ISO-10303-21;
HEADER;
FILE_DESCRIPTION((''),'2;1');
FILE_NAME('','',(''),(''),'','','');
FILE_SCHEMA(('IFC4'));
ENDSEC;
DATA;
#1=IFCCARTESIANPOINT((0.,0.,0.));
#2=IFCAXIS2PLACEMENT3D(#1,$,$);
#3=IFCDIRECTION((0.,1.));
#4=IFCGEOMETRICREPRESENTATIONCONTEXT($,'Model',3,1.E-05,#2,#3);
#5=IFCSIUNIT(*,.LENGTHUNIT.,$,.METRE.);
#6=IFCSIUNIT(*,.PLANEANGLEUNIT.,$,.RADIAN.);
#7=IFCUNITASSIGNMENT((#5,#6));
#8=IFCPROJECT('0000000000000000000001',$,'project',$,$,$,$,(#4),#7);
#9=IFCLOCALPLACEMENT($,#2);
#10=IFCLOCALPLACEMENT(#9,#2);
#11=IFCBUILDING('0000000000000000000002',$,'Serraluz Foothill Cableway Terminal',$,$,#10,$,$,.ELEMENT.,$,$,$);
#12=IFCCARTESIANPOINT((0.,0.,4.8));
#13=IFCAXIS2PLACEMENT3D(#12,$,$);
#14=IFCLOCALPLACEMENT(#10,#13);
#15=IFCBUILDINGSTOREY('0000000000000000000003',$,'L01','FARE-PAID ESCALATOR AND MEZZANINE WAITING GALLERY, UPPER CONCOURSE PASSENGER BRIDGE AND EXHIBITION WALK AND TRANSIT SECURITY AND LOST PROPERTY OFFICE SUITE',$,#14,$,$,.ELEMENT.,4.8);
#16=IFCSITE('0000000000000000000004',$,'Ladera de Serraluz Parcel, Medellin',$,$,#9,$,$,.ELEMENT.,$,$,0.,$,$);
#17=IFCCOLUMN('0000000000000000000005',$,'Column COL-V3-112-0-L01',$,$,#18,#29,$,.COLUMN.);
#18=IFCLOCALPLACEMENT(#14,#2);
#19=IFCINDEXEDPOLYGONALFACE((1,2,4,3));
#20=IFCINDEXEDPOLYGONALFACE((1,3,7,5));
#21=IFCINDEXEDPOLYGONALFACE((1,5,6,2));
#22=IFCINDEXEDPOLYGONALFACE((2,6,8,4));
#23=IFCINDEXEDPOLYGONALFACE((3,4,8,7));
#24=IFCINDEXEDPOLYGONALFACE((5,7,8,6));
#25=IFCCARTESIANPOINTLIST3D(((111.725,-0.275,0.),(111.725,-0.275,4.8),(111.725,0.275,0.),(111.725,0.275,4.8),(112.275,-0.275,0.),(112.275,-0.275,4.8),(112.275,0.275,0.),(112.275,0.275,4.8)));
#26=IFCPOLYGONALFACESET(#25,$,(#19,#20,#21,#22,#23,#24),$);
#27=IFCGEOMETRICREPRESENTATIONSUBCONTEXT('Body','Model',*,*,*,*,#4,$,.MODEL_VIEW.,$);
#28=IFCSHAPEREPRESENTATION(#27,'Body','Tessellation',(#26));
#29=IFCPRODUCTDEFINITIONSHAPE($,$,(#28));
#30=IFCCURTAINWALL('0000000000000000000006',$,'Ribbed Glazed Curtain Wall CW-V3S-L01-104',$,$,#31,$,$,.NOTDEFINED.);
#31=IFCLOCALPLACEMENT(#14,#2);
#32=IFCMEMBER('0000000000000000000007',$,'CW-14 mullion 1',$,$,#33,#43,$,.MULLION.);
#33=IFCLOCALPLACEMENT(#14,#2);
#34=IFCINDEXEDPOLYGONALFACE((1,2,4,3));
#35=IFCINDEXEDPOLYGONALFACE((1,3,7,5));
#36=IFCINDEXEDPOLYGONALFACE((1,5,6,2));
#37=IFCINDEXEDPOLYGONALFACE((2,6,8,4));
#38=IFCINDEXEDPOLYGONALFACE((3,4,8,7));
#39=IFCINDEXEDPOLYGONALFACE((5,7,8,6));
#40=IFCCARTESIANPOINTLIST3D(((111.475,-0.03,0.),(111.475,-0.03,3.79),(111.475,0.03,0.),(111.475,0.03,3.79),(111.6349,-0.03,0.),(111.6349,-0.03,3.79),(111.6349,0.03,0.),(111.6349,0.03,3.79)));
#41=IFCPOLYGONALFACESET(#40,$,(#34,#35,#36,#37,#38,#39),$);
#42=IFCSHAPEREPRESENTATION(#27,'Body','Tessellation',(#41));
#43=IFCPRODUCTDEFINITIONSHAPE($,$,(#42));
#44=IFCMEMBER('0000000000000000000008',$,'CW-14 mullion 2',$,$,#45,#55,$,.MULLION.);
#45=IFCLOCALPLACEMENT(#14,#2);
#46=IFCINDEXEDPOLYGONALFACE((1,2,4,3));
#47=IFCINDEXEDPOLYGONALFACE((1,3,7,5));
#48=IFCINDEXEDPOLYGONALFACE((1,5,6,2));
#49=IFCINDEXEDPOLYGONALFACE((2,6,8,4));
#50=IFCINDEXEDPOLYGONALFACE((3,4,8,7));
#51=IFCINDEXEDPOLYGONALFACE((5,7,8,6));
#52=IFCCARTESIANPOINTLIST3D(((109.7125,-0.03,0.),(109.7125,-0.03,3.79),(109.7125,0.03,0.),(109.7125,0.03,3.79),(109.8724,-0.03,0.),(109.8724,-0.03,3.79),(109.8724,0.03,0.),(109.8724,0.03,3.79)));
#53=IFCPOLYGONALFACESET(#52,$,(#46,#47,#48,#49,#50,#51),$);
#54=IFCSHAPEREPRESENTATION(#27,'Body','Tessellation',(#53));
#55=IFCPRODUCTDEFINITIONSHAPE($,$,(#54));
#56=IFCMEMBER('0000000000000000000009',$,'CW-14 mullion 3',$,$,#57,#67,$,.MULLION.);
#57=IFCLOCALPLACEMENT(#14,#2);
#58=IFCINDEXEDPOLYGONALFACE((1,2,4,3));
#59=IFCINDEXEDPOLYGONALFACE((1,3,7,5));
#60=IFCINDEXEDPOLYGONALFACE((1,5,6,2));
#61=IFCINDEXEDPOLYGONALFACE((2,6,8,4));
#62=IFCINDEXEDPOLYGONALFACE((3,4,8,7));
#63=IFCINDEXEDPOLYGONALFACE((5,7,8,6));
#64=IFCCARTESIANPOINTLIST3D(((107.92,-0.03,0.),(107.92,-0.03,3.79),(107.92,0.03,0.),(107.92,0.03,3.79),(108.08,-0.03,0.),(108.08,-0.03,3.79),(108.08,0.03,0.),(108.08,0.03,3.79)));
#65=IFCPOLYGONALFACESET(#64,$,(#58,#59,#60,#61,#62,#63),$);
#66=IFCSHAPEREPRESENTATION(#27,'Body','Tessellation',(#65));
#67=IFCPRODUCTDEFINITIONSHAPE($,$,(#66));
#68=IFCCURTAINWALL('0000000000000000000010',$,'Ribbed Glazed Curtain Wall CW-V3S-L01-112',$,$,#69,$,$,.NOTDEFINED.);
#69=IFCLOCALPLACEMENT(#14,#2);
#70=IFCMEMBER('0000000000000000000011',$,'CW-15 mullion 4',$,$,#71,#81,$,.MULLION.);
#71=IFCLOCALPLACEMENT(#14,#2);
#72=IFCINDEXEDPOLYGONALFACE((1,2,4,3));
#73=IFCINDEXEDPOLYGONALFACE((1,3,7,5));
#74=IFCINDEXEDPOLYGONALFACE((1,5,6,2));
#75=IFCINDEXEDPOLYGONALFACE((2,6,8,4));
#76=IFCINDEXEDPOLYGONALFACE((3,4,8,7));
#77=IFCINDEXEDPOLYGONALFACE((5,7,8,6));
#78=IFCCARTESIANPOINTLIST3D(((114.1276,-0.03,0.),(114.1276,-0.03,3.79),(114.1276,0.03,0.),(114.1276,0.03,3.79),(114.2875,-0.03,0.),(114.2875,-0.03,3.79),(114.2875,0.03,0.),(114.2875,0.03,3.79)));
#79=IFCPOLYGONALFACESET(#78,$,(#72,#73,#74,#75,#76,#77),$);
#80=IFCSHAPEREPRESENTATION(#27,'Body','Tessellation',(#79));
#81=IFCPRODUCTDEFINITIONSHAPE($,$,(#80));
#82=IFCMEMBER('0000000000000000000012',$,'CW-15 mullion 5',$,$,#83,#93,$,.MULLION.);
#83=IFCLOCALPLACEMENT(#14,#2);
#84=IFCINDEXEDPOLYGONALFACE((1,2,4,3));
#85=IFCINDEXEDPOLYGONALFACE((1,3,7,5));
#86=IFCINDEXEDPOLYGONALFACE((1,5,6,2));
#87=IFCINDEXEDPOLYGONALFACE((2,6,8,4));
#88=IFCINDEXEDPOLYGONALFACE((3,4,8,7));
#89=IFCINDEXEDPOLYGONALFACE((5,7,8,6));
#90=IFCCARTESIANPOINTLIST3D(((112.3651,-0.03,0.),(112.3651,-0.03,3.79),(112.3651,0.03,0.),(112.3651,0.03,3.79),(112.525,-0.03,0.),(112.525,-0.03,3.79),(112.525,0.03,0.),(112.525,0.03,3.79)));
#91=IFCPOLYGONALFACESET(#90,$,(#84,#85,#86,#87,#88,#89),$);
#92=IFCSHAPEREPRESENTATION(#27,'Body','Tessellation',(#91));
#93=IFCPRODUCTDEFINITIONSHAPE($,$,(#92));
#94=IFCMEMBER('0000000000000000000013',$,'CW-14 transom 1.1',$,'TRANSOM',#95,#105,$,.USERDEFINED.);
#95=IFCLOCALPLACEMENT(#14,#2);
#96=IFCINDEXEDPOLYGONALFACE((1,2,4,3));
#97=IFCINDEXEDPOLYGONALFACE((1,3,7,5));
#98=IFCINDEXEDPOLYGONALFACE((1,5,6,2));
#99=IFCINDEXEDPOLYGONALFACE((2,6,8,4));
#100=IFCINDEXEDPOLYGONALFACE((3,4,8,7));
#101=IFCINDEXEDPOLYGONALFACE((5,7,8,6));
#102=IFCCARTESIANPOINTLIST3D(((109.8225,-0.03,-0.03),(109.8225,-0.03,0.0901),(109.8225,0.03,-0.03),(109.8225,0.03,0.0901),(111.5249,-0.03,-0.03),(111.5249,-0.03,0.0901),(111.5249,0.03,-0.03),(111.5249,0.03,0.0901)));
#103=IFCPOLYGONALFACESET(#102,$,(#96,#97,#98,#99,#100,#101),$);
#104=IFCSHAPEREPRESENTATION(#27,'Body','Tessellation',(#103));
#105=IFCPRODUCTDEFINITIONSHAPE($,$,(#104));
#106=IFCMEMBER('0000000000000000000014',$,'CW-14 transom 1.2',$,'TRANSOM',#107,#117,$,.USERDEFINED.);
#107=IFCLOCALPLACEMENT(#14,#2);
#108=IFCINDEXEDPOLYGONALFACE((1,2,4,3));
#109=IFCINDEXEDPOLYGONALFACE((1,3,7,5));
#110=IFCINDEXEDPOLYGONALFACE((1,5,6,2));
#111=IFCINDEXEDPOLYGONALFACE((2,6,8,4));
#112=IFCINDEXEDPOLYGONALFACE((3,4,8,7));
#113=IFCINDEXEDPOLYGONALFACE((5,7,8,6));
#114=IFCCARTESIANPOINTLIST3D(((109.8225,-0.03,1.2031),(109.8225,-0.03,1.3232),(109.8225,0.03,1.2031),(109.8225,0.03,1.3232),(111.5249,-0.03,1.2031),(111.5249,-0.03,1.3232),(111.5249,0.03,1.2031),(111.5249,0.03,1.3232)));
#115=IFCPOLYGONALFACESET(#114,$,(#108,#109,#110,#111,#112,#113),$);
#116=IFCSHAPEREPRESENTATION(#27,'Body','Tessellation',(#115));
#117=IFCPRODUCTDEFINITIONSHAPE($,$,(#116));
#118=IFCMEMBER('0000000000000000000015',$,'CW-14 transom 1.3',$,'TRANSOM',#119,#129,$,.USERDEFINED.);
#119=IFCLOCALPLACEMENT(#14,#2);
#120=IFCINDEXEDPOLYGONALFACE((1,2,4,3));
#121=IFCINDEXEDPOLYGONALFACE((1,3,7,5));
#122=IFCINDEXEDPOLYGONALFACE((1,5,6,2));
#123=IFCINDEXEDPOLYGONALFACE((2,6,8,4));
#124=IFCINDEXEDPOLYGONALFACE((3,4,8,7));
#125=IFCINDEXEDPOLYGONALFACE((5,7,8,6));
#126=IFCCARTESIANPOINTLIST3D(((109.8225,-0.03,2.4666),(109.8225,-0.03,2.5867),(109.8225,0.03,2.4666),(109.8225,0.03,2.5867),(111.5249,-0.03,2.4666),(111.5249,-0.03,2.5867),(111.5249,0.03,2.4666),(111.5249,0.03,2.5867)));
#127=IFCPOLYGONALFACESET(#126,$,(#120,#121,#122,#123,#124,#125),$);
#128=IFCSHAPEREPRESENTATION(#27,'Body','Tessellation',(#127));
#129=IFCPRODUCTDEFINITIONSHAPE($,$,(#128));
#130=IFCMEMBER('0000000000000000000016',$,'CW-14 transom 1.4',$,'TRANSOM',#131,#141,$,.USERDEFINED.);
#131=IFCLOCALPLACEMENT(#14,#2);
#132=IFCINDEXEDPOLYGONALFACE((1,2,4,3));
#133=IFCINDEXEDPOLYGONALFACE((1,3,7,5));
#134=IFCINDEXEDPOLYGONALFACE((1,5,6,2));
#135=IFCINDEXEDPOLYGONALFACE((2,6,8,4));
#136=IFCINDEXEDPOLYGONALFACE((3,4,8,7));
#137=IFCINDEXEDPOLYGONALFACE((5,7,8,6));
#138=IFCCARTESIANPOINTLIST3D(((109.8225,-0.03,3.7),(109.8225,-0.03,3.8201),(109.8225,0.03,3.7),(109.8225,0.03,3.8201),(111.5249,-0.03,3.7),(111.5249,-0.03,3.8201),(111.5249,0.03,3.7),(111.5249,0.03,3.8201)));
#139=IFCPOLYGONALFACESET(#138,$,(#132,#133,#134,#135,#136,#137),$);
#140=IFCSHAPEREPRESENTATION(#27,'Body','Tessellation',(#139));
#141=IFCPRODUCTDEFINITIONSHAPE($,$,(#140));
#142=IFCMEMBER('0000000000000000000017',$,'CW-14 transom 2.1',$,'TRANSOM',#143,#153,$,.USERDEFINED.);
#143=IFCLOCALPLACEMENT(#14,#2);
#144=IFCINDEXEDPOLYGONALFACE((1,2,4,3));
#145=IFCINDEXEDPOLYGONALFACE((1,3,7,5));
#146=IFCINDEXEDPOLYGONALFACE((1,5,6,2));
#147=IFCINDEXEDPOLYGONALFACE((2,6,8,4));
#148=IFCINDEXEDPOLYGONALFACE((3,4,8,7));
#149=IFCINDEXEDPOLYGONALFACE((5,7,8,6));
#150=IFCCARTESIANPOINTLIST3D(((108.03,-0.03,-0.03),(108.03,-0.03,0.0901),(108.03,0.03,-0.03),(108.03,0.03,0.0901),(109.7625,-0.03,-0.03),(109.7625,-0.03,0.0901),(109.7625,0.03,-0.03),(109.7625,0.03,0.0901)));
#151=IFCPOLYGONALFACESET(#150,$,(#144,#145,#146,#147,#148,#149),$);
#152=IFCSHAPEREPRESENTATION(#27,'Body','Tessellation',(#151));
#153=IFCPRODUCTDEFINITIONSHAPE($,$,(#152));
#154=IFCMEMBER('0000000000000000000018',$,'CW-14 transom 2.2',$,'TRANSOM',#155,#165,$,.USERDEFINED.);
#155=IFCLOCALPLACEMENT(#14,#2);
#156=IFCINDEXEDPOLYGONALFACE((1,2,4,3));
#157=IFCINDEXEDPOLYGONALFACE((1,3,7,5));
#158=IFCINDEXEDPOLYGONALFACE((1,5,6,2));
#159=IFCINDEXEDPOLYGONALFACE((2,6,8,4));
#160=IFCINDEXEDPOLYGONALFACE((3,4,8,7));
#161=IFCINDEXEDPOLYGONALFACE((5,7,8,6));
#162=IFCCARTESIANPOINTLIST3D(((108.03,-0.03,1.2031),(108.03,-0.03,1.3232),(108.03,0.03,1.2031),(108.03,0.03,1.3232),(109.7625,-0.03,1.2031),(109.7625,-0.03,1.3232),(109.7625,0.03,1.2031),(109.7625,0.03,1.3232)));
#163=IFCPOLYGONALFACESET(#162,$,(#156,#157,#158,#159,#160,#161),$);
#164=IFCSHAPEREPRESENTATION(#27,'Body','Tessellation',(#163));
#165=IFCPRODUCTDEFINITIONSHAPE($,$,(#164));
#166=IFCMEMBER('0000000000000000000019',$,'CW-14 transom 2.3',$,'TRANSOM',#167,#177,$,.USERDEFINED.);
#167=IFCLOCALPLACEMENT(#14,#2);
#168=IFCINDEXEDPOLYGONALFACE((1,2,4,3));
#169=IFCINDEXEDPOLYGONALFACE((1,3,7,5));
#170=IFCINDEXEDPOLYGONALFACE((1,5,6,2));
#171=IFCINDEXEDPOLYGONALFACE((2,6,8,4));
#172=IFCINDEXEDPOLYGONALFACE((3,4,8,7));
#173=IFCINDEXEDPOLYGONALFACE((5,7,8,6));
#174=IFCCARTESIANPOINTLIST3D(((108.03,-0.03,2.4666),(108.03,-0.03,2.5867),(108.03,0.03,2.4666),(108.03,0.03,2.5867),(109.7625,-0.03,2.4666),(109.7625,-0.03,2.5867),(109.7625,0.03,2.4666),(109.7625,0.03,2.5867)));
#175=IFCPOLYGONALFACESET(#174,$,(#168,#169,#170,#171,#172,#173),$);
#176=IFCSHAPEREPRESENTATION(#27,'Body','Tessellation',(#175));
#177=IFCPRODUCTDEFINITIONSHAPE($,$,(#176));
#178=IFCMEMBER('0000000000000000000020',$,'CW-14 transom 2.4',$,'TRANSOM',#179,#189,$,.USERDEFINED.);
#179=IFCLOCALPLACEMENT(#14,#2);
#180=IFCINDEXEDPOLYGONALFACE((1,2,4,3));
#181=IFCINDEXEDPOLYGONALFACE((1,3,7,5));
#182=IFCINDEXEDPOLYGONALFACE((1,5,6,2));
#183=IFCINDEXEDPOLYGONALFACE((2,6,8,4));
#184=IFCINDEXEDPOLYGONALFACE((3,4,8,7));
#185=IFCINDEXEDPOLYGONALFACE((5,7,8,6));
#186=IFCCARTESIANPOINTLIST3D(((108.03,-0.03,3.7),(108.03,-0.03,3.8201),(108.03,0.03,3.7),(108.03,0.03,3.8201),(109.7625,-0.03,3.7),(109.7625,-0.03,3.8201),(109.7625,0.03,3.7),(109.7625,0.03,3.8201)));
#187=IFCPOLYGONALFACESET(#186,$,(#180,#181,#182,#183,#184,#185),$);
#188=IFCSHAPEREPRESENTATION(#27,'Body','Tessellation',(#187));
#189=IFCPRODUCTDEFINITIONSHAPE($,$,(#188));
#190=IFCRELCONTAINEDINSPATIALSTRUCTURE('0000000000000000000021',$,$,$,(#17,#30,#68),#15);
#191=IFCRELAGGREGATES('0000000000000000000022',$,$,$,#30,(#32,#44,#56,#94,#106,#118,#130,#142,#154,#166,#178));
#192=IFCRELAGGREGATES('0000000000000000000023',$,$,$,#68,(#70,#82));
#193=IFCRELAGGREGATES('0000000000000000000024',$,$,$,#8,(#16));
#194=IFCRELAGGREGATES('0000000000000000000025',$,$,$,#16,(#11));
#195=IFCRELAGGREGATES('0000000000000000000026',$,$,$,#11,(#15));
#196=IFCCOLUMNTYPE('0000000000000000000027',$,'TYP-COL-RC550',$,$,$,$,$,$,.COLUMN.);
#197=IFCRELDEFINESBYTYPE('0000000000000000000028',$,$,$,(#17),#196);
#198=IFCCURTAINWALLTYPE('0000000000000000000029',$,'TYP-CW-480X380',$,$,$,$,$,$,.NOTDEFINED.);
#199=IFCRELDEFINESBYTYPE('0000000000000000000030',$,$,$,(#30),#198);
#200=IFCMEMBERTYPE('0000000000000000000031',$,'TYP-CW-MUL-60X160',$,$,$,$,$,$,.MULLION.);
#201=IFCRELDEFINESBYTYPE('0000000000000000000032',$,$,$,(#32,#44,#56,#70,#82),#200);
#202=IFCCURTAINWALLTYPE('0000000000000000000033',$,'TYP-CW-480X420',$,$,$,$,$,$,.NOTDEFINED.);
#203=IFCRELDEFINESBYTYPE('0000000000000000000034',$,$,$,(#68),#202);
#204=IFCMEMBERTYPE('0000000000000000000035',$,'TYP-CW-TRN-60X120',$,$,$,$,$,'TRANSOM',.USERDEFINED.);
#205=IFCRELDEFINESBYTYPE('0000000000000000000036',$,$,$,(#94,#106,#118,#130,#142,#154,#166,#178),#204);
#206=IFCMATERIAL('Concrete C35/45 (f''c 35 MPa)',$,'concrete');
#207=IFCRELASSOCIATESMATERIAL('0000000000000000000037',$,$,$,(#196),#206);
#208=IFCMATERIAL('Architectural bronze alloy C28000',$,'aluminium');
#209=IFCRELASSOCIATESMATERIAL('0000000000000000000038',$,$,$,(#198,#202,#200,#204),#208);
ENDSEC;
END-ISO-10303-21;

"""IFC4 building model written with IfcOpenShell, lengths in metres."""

from ifc_helpers import new_model, si_unit, direction, frame, origin, origin_2d, place, context, subcontext, project, spatial, rectangle, extrude, material, material_profile, profile_set, type_object, element, aggregate, save


model = new_model("IFC4")

# Units and contexts
model_context = context("Model", 3, precision=1e-05, world=origin(), true_north=direction((0.0, 1.0)))
body_context = subcontext(model_context, "Body", "Model", "MODEL_VIEW")
ifc_project = project(units=[si_unit("LENGTHUNIT", "METRE"), si_unit("PLANEANGLEUNIT", "RADIAN")], contexts=[model_context])

# Site, building, storey
site_placement = place(None, origin())
site = spatial("IfcSite", under=ifc_project, at=site_placement, Name="Ladera de Serraluz Parcel, Medellin", CompositionType="ELEMENT", RefElevation=0.0)
building_placement = place(site_placement, origin())
building = spatial("IfcBuilding", under=site, at=building_placement, Name="Serraluz Foothill Cableway Terminal", CompositionType="ELEMENT")
storey_placement = place(building_placement, frame((0.0, 0.0, 4.8)))
storey = spatial("IfcBuildingStorey", under=building, at=storey_placement, Name="L01", Description="FARE-PAID ESCALATOR AND MEZZANINE WAITING GALLERY, UPPER CONCOURSE PASSENGER BRIDGE AND EXHIBITION WALK AND TRANSIT SECURITY AND LOST PROPERTY OFFICE SUITE", CompositionType="ELEMENT", Elevation=4.8)

# Column
ifc_material_1 = material(Name="Concrete C35/45 (f'c 35 MPa)", Category="concrete")
ifc_material_profile_1 = material_profile(ifc_material_1, rectangle(XDim=0.55, YDim=0.55, at=origin_2d()), Name="RC 550x550")
ifc_profile_set_1 = profile_set([ifc_material_profile_1], Name="Concrete C35/45 (f'c 35 MPa)")
column_type = type_object("IfcColumnType", Name="TYP-COL-RC550", PredefinedType="COLUMN", material=ifc_profile_set_1)
column_placement = place(storey_placement, frame((112.0, 0.0, 0.0), z_axis=(0.0, 0.0, 1.0), x_axis=(1.0, 0.0, 0.0)))
element("IfcColumn", 1, at=column_placement, inside=storey, type_object=column_type, Name="Column COL-V3-112-0-L01", PredefinedType="COLUMN", context=body_context, shape_type="SweptSolid", body=[
    extrude(rectangle(XDim=0.55, YDim=0.55, at=origin_2d()), origin(), (0.0, 0.0, 1.0), 4.8),
])

# Curtain walls, members
ifc_material_2 = material(Name="Architectural bronze alloy C28000", Category="aluminium")
curtain_wall_type_1 = type_object("IfcCurtainWallType", Name="TYP-CW-480X380", PredefinedType="NOTDEFINED", material=ifc_material_2)
curtain_wall_1_placement = place(storey_placement, origin())
curtain_wall_1 = element("IfcCurtainWall", 2, at=curtain_wall_1_placement, inside=storey, type_object=curtain_wall_type_1, Name="Ribbed Glazed Curtain Wall CW-V3S-L01-104", PredefinedType="NOTDEFINED")
ifc_material_profile_2 = material_profile(ifc_material_2, rectangle(XDim=0.0601, YDim=0.1599, at=origin_2d()), Name="ALU MULLION 60x160")
ifc_profile_set_2 = profile_set([ifc_material_profile_2], Name="Architectural bronze alloy C28000")
member_type_1 = type_object("IfcMemberType", Name="TYP-CW-MUL-60X160", PredefinedType="MULLION", material=ifc_profile_set_2)
member_1_placement = place(storey_placement, frame((111.5549, 0.0, 0.0), z_axis=(0.0, 0.0, 1.0), x_axis=(0.0, -1.0, 0.0)))
member_1 = element("IfcMember", 3, at=member_1_placement, type_object=member_type_1, Name="CW-14 mullion 1", PredefinedType="MULLION", context=body_context, shape_type="SweptSolid", body=[
    extrude(rectangle(XDim=0.0601, YDim=0.1599, at=origin_2d()), origin(), (0.0, 0.0, 1.0), 3.79),
])
member_2_placement = place(storey_placement, frame((109.7925, 0.0, 0.0), z_axis=(0.0, 0.0, 1.0), x_axis=(0.0, -1.0, 0.0)))
member_2 = element("IfcMember", 4, at=member_2_placement, type_object=member_type_1, Name="CW-14 mullion 2", PredefinedType="MULLION", context=body_context, shape_type="SweptSolid", body=[
    extrude(rectangle(XDim=0.0601, YDim=0.1599, at=origin_2d()), origin(), (0.0, 0.0, 1.0), 3.79),
])
member_3_placement = place(storey_placement, frame((108.0, 0.0, 0.0), z_axis=(0.0, 0.0, 1.0), x_axis=(0.0, -1.0, 0.0)))
member_3 = element("IfcMember", 5, at=member_3_placement, type_object=member_type_1, Name="CW-14 mullion 3", PredefinedType="MULLION", context=body_context, shape_type="SweptSolid", body=[
    extrude(rectangle(XDim=0.0601, YDim=0.1599, at=origin_2d()), origin(), (0.0, 0.0, 1.0), 3.79),
])
curtain_wall_type_2 = type_object("IfcCurtainWallType", Name="TYP-CW-480X420", PredefinedType="NOTDEFINED", material=ifc_material_2)
curtain_wall_2_placement = place(storey_placement, origin())
curtain_wall_2 = element("IfcCurtainWall", 6, at=curtain_wall_2_placement, inside=storey, type_object=curtain_wall_type_2, Name="Ribbed Glazed Curtain Wall CW-V3S-L01-112", PredefinedType="NOTDEFINED")
member_4_placement = place(storey_placement, frame((114.2075, 0.0, 0.0), z_axis=(0.0, 0.0, 1.0), x_axis=(0.0, -1.0, 0.0)))
member_4 = element("IfcMember", 7, at=member_4_placement, type_object=member_type_1, Name="CW-15 mullion 4", PredefinedType="MULLION", context=body_context, shape_type="SweptSolid", body=[
    extrude(rectangle(XDim=0.0601, YDim=0.1599, at=origin_2d()), origin(), (0.0, 0.0, 1.0), 3.79),
])
member_5_placement = place(storey_placement, frame((112.4451, 0.0, 0.0), z_axis=(0.0, 0.0, 1.0), x_axis=(0.0, -1.0, 0.0)))
member_5 = element("IfcMember", 8, at=member_5_placement, type_object=member_type_1, Name="CW-15 mullion 5", PredefinedType="MULLION", context=body_context, shape_type="SweptSolid", body=[
    extrude(rectangle(XDim=0.0601, YDim=0.1599, at=origin_2d()), origin(), (0.0, 0.0, 1.0), 3.79),
])

# Members
ifc_material_profile_3 = material_profile(ifc_material_2, rectangle(XDim=0.0601, YDim=0.1201, at=origin_2d()), Name="ALU TRANSOM 60x120")
ifc_profile_set_3 = profile_set([ifc_material_profile_3], Name="Architectural bronze alloy C28000")
member_type_2 = type_object("IfcMemberType", Name="TYP-CW-TRN-60X120", ElementType="TRANSOM", PredefinedType="USERDEFINED", material=ifc_profile_set_3)
member_6_placement = place(storey_placement, frame((111.5249, 0.0, 0.03), z_axis=(-1.0, 0.0, 0.0), x_axis=(0.0, -1.0, 0.0)))
member_6 = element("IfcMember", 9, at=member_6_placement, type_object=member_type_2, Name="CW-14 transom 1.1", ObjectType="TRANSOM", PredefinedType="USERDEFINED", context=body_context, shape_type="SweptSolid", body=[
    extrude(rectangle(XDim=0.0601, YDim=0.1201, at=origin_2d()), origin(), (0.0, 0.0, 1.0), 1.7024),
])
member_7_placement = place(storey_placement, frame((111.5249, 0.0, 1.2632), z_axis=(-1.0, 0.0, 0.0), x_axis=(0.0, -1.0, 0.0)))
member_7 = element("IfcMember", 10, at=member_7_placement, type_object=member_type_2, Name="CW-14 transom 1.2", ObjectType="TRANSOM", PredefinedType="USERDEFINED", context=body_context, shape_type="SweptSolid", body=[
    extrude(rectangle(XDim=0.0601, YDim=0.1201, at=origin_2d()), origin(), (0.0, 0.0, 1.0), 1.7024),
])
member_8_placement = place(storey_placement, frame((111.5249, 0.0, 2.5266), z_axis=(-1.0, 0.0, 0.0), x_axis=(0.0, -1.0, 0.0)))
member_8 = element("IfcMember", 11, at=member_8_placement, type_object=member_type_2, Name="CW-14 transom 1.3", ObjectType="TRANSOM", PredefinedType="USERDEFINED", context=body_context, shape_type="SweptSolid", body=[
    extrude(rectangle(XDim=0.0601, YDim=0.1201, at=origin_2d()), origin(), (0.0, 0.0, 1.0), 1.7024),
])
member_9_placement = place(storey_placement, frame((111.5249, 0.0, 3.76), z_axis=(-1.0, 0.0, 0.0), x_axis=(0.0, -1.0, 0.0)))
member_9 = element("IfcMember", 12, at=member_9_placement, type_object=member_type_2, Name="CW-14 transom 1.4", ObjectType="TRANSOM", PredefinedType="USERDEFINED", context=body_context, shape_type="SweptSolid", body=[
    extrude(rectangle(XDim=0.0601, YDim=0.1201, at=origin_2d()), origin(), (0.0, 0.0, 1.0), 1.7024),
])
member_10_placement = place(storey_placement, frame((109.7625, 0.0, 0.03), z_axis=(-1.0, 0.0, 0.0), x_axis=(0.0, -1.0, 0.0)))
member_10 = element("IfcMember", 13, at=member_10_placement, type_object=member_type_2, Name="CW-14 transom 2.1", ObjectType="TRANSOM", PredefinedType="USERDEFINED", context=body_context, shape_type="SweptSolid", body=[
    extrude(rectangle(XDim=0.0601, YDim=0.1201, at=origin_2d()), origin(), (0.0, 0.0, 1.0), 1.7324),
])
member_11_placement = place(storey_placement, frame((109.7625, 0.0, 1.2632), z_axis=(-1.0, 0.0, 0.0), x_axis=(0.0, -1.0, 0.0)))
member_11 = element("IfcMember", 14, at=member_11_placement, type_object=member_type_2, Name="CW-14 transom 2.2", ObjectType="TRANSOM", PredefinedType="USERDEFINED", context=body_context, shape_type="SweptSolid", body=[
    extrude(rectangle(XDim=0.0601, YDim=0.1201, at=origin_2d()), origin(), (0.0, 0.0, 1.0), 1.7324),
])
member_12_placement = place(storey_placement, frame((109.7625, 0.0, 2.5266), z_axis=(-1.0, 0.0, 0.0), x_axis=(0.0, -1.0, 0.0)))
member_12 = element("IfcMember", 15, at=member_12_placement, type_object=member_type_2, Name="CW-14 transom 2.3", ObjectType="TRANSOM", PredefinedType="USERDEFINED", context=body_context, shape_type="SweptSolid", body=[
    extrude(rectangle(XDim=0.0601, YDim=0.1201, at=origin_2d()), origin(), (0.0, 0.0, 1.0), 1.7324),
])
member_13_placement = place(storey_placement, frame((109.7625, 0.0, 3.76), z_axis=(-1.0, 0.0, 0.0), x_axis=(0.0, -1.0, 0.0)))
member_13 = element("IfcMember", 16, at=member_13_placement, type_object=member_type_2, Name="CW-14 transom 2.4", ObjectType="TRANSOM", PredefinedType="USERDEFINED", context=body_context, shape_type="SweptSolid", body=[
    extrude(rectangle(XDim=0.0601, YDim=0.1201, at=origin_2d()), origin(), (0.0, 0.0, 1.0), 1.7324),
])

aggregate(curtain_wall_1, [member_1, member_2, member_3, member_6, member_7, member_8, member_9, member_10, member_11, member_12, member_13])
aggregate(curtain_wall_2, [member_4, member_5])

save(model, "model.ifc")
